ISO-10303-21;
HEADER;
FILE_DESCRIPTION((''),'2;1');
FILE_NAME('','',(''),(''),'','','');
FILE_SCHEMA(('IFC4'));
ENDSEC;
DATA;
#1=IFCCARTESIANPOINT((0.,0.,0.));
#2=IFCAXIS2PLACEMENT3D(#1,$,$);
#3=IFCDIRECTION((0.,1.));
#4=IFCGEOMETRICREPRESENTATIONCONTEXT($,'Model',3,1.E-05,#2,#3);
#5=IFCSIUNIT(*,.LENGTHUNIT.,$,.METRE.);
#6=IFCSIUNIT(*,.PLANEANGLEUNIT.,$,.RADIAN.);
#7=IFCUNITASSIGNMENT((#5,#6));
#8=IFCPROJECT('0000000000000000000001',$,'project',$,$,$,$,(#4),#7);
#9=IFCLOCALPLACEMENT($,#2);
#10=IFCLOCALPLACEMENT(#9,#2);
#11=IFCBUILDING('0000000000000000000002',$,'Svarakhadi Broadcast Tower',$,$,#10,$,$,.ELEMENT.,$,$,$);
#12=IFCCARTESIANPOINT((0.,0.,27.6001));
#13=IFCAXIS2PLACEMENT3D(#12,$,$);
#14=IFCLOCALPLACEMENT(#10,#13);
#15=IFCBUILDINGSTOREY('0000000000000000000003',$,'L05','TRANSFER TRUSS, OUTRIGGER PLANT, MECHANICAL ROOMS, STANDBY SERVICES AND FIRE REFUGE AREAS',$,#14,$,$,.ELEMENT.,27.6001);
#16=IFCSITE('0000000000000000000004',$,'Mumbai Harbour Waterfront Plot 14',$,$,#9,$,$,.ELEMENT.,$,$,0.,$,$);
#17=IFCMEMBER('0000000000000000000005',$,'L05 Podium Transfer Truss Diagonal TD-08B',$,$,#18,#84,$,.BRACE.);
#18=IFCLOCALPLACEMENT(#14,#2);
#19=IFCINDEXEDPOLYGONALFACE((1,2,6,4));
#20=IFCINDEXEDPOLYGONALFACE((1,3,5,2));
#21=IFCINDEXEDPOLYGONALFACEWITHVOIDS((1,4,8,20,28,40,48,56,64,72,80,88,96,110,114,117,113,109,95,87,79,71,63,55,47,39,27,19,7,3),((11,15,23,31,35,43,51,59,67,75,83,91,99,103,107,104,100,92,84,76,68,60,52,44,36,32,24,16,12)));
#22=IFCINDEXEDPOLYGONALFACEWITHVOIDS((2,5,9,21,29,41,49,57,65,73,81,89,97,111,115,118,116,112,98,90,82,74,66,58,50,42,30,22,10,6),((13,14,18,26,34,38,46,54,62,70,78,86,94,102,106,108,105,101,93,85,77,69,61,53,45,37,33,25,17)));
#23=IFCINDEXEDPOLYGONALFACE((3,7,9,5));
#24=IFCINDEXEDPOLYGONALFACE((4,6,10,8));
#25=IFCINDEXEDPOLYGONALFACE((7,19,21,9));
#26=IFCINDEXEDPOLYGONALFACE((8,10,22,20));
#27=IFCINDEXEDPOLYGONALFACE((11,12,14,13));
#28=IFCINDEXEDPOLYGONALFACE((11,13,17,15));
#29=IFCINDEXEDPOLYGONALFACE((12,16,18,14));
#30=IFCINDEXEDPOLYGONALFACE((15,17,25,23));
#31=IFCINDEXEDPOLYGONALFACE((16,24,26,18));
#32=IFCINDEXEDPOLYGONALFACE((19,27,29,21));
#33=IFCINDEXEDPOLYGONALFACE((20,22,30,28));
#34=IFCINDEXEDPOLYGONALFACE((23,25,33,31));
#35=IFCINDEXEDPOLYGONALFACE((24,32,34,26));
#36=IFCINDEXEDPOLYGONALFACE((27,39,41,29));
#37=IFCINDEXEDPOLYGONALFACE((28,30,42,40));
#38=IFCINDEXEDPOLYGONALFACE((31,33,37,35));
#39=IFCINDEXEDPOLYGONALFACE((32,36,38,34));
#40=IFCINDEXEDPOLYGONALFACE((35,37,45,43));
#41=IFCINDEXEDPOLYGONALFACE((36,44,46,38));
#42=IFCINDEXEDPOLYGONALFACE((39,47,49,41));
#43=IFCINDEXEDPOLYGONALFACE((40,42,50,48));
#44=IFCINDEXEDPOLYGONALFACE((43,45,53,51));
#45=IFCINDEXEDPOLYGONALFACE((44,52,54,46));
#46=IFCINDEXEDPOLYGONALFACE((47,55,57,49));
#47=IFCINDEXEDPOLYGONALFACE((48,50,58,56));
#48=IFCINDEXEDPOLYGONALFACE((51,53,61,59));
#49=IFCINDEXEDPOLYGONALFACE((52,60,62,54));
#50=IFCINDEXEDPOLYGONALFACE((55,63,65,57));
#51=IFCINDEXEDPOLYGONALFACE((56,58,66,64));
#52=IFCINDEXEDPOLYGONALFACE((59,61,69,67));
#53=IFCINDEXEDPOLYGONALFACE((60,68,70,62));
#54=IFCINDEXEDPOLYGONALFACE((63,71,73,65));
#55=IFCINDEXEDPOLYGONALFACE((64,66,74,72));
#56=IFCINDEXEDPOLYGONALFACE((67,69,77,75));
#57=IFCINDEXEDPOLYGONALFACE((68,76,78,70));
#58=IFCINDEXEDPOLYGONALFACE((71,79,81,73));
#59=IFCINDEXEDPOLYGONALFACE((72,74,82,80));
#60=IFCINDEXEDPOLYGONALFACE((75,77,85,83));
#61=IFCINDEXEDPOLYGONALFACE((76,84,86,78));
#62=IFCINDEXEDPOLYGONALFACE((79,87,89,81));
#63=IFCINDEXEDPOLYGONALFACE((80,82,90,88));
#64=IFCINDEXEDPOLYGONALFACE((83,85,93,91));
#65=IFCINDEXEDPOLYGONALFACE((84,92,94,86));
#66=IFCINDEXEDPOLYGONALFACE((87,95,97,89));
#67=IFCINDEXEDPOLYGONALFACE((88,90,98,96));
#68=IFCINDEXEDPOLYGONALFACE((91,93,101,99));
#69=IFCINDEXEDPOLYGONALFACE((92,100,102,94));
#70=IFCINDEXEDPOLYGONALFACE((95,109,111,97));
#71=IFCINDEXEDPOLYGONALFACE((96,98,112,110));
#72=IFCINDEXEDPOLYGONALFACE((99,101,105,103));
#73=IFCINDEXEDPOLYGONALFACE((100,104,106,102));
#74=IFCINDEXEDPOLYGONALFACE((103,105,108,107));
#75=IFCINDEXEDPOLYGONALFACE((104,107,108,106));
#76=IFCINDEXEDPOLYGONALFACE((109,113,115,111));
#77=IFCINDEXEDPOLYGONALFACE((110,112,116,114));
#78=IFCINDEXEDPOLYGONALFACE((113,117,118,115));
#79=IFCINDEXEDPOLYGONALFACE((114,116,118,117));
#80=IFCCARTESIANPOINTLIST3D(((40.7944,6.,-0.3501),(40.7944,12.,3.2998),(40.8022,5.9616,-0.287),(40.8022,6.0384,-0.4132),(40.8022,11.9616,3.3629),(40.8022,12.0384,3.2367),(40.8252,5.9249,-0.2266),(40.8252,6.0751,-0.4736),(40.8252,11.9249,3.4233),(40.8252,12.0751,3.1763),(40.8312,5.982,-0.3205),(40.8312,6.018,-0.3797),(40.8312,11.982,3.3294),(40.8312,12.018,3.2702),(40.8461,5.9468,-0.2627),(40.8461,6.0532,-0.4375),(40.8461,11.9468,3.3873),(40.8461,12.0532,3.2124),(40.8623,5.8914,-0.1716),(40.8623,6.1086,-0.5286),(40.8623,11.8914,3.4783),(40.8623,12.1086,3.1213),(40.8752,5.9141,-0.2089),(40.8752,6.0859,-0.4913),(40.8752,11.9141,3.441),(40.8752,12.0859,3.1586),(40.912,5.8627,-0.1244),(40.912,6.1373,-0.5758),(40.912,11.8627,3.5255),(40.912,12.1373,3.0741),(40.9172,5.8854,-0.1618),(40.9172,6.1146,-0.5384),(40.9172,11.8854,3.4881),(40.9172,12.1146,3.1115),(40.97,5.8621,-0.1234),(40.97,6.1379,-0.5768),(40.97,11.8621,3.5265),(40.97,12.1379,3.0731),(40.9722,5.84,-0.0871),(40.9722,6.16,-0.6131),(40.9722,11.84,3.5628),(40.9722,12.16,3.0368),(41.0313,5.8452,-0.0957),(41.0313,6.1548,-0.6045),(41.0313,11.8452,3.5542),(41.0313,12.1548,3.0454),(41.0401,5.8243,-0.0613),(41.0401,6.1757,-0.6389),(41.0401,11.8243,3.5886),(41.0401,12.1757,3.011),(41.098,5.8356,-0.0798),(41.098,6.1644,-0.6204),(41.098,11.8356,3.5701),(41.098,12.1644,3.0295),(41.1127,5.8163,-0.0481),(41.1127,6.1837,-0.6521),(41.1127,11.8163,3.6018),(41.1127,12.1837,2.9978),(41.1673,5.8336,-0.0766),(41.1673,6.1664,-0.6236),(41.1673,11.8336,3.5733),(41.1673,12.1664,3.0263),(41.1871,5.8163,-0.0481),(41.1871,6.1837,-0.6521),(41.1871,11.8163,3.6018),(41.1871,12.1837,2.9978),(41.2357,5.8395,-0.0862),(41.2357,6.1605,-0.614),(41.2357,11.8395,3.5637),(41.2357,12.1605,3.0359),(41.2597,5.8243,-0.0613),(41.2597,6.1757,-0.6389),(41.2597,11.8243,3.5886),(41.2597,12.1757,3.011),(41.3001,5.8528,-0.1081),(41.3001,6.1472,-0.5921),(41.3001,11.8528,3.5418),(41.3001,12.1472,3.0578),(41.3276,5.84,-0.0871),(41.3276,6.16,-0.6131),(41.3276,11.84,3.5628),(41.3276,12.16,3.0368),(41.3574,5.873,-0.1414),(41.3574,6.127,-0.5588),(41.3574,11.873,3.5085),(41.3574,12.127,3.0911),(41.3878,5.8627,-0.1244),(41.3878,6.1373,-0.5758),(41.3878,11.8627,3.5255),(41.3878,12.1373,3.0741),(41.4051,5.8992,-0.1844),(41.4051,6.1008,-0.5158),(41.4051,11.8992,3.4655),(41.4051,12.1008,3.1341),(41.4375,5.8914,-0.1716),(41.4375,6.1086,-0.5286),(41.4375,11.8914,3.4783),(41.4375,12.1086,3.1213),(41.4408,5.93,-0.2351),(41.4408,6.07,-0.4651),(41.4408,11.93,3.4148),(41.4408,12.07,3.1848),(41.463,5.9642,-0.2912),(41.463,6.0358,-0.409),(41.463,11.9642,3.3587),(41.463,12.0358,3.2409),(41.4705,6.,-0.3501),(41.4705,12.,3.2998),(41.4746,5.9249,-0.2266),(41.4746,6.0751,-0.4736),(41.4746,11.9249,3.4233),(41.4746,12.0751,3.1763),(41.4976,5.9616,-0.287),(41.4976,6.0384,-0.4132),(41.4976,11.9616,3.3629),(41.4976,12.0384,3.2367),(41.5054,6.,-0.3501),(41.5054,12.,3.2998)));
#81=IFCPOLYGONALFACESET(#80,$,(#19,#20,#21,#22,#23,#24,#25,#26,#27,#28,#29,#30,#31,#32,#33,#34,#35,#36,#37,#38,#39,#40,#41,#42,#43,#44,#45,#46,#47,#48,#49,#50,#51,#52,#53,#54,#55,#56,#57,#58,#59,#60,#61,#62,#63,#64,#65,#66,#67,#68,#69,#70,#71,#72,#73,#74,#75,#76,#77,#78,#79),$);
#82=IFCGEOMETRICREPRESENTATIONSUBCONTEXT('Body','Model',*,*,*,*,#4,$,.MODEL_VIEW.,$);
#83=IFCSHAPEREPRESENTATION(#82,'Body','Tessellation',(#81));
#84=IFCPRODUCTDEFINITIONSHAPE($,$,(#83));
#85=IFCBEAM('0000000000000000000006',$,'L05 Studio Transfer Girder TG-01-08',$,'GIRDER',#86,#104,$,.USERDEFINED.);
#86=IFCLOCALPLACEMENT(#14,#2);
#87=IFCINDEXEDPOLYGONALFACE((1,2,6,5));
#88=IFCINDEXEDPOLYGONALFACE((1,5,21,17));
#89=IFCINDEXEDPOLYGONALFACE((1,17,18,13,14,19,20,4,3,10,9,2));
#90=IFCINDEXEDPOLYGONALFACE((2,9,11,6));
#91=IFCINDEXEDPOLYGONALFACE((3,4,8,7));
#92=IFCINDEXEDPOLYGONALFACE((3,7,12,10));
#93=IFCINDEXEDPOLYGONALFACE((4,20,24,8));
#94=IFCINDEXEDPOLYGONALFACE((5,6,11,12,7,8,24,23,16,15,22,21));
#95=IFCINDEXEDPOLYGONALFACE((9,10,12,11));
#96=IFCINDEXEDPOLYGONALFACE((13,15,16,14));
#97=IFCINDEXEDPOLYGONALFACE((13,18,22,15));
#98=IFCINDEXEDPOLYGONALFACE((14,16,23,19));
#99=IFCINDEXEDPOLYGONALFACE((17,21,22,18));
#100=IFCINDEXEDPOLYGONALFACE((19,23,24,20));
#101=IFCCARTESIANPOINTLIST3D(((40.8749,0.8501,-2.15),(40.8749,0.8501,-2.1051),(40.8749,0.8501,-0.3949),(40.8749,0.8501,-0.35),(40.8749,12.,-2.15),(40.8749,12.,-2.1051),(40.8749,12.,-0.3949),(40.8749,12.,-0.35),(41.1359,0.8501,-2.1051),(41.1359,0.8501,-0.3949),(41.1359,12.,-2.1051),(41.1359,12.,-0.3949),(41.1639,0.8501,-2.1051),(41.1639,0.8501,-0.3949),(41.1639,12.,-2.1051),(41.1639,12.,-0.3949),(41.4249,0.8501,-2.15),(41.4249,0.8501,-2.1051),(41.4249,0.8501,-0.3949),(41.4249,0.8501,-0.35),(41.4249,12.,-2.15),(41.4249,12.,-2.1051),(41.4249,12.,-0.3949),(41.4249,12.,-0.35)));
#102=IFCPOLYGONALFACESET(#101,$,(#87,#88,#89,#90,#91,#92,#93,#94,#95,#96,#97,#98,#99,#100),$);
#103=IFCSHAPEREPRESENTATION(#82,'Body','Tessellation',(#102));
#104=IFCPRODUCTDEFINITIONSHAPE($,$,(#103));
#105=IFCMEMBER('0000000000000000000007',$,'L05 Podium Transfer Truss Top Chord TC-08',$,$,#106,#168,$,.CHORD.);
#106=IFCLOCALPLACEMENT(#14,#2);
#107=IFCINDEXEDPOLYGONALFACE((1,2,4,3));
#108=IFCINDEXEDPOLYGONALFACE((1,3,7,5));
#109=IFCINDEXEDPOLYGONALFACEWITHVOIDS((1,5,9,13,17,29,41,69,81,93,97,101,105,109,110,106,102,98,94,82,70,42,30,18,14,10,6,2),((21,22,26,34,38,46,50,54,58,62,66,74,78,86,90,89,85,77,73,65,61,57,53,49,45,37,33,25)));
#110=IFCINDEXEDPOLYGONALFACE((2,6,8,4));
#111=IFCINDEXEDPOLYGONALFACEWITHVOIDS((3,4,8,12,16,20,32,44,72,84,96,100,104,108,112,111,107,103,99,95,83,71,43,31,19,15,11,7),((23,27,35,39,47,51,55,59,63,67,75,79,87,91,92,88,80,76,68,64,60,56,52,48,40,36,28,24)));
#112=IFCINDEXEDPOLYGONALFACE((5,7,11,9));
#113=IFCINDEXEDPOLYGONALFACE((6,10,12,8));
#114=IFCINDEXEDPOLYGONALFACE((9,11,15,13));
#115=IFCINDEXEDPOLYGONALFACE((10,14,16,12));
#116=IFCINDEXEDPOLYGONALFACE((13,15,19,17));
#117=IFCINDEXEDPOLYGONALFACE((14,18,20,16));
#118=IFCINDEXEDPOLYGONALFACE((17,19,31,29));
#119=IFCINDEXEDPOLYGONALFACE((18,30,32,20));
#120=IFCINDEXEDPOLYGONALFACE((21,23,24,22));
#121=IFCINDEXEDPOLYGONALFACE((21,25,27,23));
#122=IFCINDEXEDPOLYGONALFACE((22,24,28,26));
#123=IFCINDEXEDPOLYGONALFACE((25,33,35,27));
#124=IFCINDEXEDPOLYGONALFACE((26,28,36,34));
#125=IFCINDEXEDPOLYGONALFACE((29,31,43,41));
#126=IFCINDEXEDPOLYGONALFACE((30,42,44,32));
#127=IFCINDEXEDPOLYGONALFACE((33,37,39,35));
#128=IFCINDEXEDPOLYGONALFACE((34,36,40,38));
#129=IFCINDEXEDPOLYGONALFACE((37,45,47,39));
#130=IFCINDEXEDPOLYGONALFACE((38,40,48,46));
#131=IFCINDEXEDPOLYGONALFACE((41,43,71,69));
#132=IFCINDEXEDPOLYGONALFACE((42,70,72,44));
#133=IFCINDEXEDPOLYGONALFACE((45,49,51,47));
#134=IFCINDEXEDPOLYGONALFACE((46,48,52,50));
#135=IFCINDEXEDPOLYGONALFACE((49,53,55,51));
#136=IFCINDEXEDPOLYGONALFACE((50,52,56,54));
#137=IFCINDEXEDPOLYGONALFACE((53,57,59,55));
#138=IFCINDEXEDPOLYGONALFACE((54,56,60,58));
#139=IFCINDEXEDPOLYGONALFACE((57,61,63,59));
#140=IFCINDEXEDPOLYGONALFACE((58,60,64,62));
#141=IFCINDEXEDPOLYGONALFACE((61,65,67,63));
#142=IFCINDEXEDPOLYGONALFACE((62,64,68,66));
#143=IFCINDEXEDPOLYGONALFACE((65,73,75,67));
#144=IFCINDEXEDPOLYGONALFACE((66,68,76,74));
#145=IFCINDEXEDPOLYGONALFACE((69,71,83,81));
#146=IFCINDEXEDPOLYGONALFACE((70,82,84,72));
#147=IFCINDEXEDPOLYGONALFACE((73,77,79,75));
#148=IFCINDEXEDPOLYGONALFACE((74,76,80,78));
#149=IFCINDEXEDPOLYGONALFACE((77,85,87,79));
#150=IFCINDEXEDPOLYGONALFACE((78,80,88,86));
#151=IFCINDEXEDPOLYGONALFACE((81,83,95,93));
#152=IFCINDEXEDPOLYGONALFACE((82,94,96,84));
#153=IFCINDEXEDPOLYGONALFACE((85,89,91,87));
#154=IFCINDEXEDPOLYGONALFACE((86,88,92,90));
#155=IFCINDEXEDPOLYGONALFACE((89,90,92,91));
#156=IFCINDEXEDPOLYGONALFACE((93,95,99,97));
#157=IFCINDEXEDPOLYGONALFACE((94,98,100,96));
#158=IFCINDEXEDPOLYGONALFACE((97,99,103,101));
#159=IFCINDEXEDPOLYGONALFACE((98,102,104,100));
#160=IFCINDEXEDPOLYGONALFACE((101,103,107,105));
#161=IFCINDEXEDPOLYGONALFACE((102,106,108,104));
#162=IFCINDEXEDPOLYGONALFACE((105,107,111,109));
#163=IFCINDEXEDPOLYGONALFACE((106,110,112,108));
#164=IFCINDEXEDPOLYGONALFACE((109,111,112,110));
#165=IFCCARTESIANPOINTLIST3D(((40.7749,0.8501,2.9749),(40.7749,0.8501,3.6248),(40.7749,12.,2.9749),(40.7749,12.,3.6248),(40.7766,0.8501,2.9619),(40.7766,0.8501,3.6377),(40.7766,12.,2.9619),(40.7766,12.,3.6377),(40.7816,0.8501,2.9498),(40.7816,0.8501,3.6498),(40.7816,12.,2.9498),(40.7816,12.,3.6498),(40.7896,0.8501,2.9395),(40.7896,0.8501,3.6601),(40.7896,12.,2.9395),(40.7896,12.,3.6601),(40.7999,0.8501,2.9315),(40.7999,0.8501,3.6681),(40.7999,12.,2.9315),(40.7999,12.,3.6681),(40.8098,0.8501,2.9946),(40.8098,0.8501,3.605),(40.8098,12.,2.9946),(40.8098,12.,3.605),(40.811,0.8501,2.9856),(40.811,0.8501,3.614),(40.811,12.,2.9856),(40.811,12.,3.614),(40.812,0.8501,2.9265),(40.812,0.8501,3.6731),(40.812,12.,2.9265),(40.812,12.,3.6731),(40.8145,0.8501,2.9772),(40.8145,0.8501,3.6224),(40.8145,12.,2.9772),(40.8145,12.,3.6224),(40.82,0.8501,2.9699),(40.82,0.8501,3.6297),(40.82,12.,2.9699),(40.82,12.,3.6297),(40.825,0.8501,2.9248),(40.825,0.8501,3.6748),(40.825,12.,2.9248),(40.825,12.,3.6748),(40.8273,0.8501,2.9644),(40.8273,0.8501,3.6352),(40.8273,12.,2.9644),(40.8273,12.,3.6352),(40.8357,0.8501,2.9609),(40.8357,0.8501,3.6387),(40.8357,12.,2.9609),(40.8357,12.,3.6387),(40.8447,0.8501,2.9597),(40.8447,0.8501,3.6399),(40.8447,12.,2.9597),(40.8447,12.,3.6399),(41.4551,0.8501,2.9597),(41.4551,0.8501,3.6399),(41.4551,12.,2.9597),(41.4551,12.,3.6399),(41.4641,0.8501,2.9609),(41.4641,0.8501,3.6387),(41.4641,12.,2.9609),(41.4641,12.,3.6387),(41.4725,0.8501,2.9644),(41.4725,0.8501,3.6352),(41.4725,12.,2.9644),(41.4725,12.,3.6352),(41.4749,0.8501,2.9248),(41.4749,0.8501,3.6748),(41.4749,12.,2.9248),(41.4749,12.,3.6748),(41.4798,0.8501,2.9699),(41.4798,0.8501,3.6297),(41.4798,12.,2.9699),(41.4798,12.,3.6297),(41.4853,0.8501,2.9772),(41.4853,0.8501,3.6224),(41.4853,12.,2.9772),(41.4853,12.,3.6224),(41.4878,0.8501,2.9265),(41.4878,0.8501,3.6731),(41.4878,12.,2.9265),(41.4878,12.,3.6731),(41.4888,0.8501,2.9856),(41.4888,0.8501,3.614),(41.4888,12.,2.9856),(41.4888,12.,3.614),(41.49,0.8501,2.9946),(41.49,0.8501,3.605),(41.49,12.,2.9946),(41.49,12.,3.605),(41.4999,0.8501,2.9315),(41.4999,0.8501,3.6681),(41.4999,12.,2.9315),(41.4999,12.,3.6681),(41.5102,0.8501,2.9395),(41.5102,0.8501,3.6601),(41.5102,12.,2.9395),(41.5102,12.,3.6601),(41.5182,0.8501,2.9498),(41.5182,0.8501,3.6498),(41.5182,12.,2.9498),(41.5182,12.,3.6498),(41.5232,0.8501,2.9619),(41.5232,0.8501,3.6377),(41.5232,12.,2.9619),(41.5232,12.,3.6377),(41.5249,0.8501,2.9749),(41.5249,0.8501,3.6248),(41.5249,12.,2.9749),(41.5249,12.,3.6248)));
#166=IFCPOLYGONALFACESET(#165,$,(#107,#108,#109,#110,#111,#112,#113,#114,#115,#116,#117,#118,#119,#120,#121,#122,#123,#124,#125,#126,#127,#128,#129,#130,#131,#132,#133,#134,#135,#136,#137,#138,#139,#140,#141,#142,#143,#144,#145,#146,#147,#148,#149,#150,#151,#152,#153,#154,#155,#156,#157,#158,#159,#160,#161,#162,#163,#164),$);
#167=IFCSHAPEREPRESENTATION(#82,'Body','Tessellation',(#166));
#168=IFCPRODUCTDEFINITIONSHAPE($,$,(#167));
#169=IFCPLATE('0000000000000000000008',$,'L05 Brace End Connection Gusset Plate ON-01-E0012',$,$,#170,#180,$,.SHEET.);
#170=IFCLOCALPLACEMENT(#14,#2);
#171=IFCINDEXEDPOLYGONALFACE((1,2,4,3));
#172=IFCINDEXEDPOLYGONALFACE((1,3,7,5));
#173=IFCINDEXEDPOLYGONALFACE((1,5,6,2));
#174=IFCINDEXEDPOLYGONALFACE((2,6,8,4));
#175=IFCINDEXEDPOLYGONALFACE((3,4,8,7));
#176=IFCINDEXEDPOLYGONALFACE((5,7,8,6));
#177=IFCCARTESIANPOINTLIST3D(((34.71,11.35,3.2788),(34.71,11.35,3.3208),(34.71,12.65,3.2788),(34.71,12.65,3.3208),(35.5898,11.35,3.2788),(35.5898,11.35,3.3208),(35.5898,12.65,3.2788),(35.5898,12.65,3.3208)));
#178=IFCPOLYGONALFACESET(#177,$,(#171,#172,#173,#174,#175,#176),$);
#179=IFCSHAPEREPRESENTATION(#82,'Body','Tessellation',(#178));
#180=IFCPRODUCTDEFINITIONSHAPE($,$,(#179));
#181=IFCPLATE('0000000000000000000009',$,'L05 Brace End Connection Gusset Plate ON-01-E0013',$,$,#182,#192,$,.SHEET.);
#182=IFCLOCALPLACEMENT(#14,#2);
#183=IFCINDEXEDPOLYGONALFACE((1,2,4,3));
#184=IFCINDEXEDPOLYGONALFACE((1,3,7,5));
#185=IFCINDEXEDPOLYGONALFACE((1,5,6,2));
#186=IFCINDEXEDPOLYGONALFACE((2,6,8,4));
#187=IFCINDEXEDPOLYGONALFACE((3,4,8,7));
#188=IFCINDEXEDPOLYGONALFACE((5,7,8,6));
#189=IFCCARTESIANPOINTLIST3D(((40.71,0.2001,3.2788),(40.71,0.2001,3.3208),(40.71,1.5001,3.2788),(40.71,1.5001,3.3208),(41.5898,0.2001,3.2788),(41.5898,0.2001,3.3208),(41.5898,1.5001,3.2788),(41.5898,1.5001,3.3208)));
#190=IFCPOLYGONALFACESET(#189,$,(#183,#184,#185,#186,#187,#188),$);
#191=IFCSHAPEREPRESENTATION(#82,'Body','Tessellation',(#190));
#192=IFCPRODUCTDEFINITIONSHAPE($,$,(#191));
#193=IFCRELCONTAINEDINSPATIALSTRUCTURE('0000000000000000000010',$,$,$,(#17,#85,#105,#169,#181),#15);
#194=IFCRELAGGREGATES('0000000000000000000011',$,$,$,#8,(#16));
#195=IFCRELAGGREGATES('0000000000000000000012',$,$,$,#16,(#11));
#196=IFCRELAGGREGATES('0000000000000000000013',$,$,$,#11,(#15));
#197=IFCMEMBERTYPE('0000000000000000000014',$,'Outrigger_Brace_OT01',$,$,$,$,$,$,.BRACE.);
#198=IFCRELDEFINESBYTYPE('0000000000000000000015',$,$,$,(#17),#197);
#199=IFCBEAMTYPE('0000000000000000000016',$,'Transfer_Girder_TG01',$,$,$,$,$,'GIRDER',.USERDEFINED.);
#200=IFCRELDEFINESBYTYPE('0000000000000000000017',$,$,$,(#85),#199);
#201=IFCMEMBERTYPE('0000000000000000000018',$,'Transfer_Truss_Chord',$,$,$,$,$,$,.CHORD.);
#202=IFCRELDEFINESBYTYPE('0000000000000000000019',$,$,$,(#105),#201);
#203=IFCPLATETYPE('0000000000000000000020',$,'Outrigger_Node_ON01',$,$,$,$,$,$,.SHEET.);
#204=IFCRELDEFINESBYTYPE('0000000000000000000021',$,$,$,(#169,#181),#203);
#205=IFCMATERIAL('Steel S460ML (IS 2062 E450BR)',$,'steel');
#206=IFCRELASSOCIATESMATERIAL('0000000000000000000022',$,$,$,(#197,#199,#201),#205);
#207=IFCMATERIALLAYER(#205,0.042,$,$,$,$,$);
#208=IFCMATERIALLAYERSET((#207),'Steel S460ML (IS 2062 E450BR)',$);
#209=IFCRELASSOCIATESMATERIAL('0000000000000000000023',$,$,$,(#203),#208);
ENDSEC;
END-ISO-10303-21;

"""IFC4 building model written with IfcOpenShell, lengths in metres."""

from ifc_helpers import new_model, si_unit, direction, frame, origin, origin_2d, place, context, subcontext, project, spatial, rectangle, hollow_rectangle, hollow_circle, i_section, extrude, material, layer, layer_set, material_profile, profile_set, type_object, element, save


model = new_model("IFC4")

# Units and contexts
model_context = context("Model", 3, precision=1e-05, world=origin(), true_north=direction((0.0, 1.0)))
body_context = subcontext(model_context, "Body", "Model", "MODEL_VIEW")
ifc_project = project(units=[si_unit("LENGTHUNIT", "METRE"), si_unit("PLANEANGLEUNIT", "RADIAN")], contexts=[model_context])

# Site, building, storey
site_placement = place(None, origin())
site = spatial("IfcSite", under=ifc_project, at=site_placement, Name="Mumbai Harbour Waterfront Plot 14", CompositionType="ELEMENT", RefElevation=0.0)
building_placement = place(site_placement, origin())
building = spatial("IfcBuilding", under=site, at=building_placement, Name="Svarakhadi Broadcast Tower", CompositionType="ELEMENT")
storey_placement = place(building_placement, frame((0.0, 0.0, 27.6001)))
storey = spatial("IfcBuildingStorey", under=building, at=storey_placement, Name="L05", Description="TRANSFER TRUSS, OUTRIGGER PLANT, MECHANICAL ROOMS, STANDBY SERVICES AND FIRE REFUGE AREAS", CompositionType="ELEMENT", Elevation=27.6001)

# Shared definitions
ifc_material_1 = material(Name="Steel S460ML (IS 2062 E450BR)", Category="steel")

# Member
ifc_material_profile_1 = material_profile(ifc_material_1, hollow_circle(Radius=0.3555, WallThickness=0.0349, at=origin_2d()), Name="CHS 711x35")
ifc_profile_set_1 = profile_set([ifc_material_profile_1], Name="Steel S460ML (IS 2062 E450BR)")
member_type_1 = type_object("IfcMemberType", Name="Outrigger_Brace_OT01", PredefinedType="BRACE", material=ifc_profile_set_1)
member_1_placement = place(storey_placement, frame((41.1499, 12.0, 3.2998), z_axis=(0.0, -0.854342, -0.519711), x_axis=(1.0, 0.0, 0.0)))
element("IfcMember", 1, at=member_1_placement, inside=storey, type_object=member_type_1, Name="L05 Podium Transfer Truss Diagonal TD-08B", PredefinedType="BRACE", context=body_context, shape_type="SweptSolid", body=[
    extrude(hollow_circle(Radius=0.3555, WallThickness=0.0349, at=origin_2d()), origin(), (0.0, 0.0, 1.0), 7.0229),
])

# Beam
ifc_material_profile_2 = material_profile(ifc_material_1, i_section(OverallWidth=0.55, OverallDepth=1.8, WebThickness=0.0281, FlangeThickness=0.0449, at=origin_2d()), Name="PG 1800x550x45")
ifc_profile_set_2 = profile_set([ifc_material_profile_2], Name="Steel S460ML (IS 2062 E450BR)")
beam_type_1 = type_object("IfcBeamType", Name="Transfer_Girder_TG01", ElementType="GIRDER", PredefinedType="USERDEFINED", material=ifc_profile_set_2)
beam_placement = place(storey_placement, frame((41.1499, 0.8501, -1.25), z_axis=(0.0, 1.0, 0.0), x_axis=(-1.0, 0.0, 0.0)))
element("IfcBeam", 2, at=beam_placement, inside=storey, type_object=beam_type_1, Name="L05 Studio Transfer Girder TG-01-08", ObjectType="GIRDER", PredefinedType="USERDEFINED", context=body_context, shape_type="SweptSolid", body=[
    extrude(i_section(OverallWidth=0.55, OverallDepth=1.8, WebThickness=0.0281, FlangeThickness=0.0449, at=origin_2d()), origin(), (0.0, 0.0, 1.0), 11.1499),
])

# Member
ifc_material_profile_3 = material_profile(ifc_material_1, hollow_rectangle(XDim=0.75, YDim=0.75, WallThickness=0.0349, InnerFilletRadius=0.0349, OuterFilletRadius=0.05, at=origin_2d()), Name="BOX 750x750x35")
ifc_profile_set_3 = profile_set([ifc_material_profile_3], Name="Steel S460ML (IS 2062 E450BR)")
member_type_2 = type_object("IfcMemberType", Name="Transfer_Truss_Chord", PredefinedType="CHORD", material=ifc_profile_set_3)
member_2_placement = place(storey_placement, frame((41.1499, 0.8501, 3.2998), z_axis=(0.0, 1.0, 0.0), x_axis=(-1.0, 0.0, 0.0)))
element("IfcMember", 3, at=member_2_placement, inside=storey, type_object=member_type_2, Name="L05 Podium Transfer Truss Top Chord TC-08", PredefinedType="CHORD", context=body_context, shape_type="SweptSolid", body=[
    extrude(hollow_rectangle(XDim=0.75, YDim=0.75, WallThickness=0.0349, InnerFilletRadius=0.0349, OuterFilletRadius=0.05, at=origin_2d()), origin(), (0.0, 0.0, 1.0), 11.1499),
])

# Plates
ifc_layer_1 = layer(ifc_material_1, 0.042)
ifc_layer_set_1 = layer_set([ifc_layer_1], Name="Steel S460ML (IS 2062 E450BR)")
plate_type_1 = type_object("IfcPlateType", Name="Outrigger_Node_ON01", PredefinedType="SHEET", material=ifc_layer_set_1)
for number, where, z_axis, x_axis, name in (
    (4, (35.1499, 12.0, 3.2788), (0.0, 0.0, 1.0), (0.0, 1.0, 0.0), "L05 Brace End Connection Gusset Plate ON-01-E0012"),
    (5, (41.1499, 0.8501, 3.2788), (0.0, 0.0, 1.0), (0.0, 1.0, 0.0), "L05 Brace End Connection Gusset Plate ON-01-E0013"),
):
    element("IfcPlate", number, at=place(storey_placement, frame(where, z_axis=z_axis, x_axis=x_axis)), inside=storey, type_object=plate_type_1, Name=name, PredefinedType="SHEET", context=body_context, shape_type="SweptSolid", body=[
        extrude(rectangle(XDim=1.3, YDim=0.8799, at=origin_2d()), origin(), (0.0, 0.0, 1.0), 0.042),
    ])

save(model, "model.ifc")
